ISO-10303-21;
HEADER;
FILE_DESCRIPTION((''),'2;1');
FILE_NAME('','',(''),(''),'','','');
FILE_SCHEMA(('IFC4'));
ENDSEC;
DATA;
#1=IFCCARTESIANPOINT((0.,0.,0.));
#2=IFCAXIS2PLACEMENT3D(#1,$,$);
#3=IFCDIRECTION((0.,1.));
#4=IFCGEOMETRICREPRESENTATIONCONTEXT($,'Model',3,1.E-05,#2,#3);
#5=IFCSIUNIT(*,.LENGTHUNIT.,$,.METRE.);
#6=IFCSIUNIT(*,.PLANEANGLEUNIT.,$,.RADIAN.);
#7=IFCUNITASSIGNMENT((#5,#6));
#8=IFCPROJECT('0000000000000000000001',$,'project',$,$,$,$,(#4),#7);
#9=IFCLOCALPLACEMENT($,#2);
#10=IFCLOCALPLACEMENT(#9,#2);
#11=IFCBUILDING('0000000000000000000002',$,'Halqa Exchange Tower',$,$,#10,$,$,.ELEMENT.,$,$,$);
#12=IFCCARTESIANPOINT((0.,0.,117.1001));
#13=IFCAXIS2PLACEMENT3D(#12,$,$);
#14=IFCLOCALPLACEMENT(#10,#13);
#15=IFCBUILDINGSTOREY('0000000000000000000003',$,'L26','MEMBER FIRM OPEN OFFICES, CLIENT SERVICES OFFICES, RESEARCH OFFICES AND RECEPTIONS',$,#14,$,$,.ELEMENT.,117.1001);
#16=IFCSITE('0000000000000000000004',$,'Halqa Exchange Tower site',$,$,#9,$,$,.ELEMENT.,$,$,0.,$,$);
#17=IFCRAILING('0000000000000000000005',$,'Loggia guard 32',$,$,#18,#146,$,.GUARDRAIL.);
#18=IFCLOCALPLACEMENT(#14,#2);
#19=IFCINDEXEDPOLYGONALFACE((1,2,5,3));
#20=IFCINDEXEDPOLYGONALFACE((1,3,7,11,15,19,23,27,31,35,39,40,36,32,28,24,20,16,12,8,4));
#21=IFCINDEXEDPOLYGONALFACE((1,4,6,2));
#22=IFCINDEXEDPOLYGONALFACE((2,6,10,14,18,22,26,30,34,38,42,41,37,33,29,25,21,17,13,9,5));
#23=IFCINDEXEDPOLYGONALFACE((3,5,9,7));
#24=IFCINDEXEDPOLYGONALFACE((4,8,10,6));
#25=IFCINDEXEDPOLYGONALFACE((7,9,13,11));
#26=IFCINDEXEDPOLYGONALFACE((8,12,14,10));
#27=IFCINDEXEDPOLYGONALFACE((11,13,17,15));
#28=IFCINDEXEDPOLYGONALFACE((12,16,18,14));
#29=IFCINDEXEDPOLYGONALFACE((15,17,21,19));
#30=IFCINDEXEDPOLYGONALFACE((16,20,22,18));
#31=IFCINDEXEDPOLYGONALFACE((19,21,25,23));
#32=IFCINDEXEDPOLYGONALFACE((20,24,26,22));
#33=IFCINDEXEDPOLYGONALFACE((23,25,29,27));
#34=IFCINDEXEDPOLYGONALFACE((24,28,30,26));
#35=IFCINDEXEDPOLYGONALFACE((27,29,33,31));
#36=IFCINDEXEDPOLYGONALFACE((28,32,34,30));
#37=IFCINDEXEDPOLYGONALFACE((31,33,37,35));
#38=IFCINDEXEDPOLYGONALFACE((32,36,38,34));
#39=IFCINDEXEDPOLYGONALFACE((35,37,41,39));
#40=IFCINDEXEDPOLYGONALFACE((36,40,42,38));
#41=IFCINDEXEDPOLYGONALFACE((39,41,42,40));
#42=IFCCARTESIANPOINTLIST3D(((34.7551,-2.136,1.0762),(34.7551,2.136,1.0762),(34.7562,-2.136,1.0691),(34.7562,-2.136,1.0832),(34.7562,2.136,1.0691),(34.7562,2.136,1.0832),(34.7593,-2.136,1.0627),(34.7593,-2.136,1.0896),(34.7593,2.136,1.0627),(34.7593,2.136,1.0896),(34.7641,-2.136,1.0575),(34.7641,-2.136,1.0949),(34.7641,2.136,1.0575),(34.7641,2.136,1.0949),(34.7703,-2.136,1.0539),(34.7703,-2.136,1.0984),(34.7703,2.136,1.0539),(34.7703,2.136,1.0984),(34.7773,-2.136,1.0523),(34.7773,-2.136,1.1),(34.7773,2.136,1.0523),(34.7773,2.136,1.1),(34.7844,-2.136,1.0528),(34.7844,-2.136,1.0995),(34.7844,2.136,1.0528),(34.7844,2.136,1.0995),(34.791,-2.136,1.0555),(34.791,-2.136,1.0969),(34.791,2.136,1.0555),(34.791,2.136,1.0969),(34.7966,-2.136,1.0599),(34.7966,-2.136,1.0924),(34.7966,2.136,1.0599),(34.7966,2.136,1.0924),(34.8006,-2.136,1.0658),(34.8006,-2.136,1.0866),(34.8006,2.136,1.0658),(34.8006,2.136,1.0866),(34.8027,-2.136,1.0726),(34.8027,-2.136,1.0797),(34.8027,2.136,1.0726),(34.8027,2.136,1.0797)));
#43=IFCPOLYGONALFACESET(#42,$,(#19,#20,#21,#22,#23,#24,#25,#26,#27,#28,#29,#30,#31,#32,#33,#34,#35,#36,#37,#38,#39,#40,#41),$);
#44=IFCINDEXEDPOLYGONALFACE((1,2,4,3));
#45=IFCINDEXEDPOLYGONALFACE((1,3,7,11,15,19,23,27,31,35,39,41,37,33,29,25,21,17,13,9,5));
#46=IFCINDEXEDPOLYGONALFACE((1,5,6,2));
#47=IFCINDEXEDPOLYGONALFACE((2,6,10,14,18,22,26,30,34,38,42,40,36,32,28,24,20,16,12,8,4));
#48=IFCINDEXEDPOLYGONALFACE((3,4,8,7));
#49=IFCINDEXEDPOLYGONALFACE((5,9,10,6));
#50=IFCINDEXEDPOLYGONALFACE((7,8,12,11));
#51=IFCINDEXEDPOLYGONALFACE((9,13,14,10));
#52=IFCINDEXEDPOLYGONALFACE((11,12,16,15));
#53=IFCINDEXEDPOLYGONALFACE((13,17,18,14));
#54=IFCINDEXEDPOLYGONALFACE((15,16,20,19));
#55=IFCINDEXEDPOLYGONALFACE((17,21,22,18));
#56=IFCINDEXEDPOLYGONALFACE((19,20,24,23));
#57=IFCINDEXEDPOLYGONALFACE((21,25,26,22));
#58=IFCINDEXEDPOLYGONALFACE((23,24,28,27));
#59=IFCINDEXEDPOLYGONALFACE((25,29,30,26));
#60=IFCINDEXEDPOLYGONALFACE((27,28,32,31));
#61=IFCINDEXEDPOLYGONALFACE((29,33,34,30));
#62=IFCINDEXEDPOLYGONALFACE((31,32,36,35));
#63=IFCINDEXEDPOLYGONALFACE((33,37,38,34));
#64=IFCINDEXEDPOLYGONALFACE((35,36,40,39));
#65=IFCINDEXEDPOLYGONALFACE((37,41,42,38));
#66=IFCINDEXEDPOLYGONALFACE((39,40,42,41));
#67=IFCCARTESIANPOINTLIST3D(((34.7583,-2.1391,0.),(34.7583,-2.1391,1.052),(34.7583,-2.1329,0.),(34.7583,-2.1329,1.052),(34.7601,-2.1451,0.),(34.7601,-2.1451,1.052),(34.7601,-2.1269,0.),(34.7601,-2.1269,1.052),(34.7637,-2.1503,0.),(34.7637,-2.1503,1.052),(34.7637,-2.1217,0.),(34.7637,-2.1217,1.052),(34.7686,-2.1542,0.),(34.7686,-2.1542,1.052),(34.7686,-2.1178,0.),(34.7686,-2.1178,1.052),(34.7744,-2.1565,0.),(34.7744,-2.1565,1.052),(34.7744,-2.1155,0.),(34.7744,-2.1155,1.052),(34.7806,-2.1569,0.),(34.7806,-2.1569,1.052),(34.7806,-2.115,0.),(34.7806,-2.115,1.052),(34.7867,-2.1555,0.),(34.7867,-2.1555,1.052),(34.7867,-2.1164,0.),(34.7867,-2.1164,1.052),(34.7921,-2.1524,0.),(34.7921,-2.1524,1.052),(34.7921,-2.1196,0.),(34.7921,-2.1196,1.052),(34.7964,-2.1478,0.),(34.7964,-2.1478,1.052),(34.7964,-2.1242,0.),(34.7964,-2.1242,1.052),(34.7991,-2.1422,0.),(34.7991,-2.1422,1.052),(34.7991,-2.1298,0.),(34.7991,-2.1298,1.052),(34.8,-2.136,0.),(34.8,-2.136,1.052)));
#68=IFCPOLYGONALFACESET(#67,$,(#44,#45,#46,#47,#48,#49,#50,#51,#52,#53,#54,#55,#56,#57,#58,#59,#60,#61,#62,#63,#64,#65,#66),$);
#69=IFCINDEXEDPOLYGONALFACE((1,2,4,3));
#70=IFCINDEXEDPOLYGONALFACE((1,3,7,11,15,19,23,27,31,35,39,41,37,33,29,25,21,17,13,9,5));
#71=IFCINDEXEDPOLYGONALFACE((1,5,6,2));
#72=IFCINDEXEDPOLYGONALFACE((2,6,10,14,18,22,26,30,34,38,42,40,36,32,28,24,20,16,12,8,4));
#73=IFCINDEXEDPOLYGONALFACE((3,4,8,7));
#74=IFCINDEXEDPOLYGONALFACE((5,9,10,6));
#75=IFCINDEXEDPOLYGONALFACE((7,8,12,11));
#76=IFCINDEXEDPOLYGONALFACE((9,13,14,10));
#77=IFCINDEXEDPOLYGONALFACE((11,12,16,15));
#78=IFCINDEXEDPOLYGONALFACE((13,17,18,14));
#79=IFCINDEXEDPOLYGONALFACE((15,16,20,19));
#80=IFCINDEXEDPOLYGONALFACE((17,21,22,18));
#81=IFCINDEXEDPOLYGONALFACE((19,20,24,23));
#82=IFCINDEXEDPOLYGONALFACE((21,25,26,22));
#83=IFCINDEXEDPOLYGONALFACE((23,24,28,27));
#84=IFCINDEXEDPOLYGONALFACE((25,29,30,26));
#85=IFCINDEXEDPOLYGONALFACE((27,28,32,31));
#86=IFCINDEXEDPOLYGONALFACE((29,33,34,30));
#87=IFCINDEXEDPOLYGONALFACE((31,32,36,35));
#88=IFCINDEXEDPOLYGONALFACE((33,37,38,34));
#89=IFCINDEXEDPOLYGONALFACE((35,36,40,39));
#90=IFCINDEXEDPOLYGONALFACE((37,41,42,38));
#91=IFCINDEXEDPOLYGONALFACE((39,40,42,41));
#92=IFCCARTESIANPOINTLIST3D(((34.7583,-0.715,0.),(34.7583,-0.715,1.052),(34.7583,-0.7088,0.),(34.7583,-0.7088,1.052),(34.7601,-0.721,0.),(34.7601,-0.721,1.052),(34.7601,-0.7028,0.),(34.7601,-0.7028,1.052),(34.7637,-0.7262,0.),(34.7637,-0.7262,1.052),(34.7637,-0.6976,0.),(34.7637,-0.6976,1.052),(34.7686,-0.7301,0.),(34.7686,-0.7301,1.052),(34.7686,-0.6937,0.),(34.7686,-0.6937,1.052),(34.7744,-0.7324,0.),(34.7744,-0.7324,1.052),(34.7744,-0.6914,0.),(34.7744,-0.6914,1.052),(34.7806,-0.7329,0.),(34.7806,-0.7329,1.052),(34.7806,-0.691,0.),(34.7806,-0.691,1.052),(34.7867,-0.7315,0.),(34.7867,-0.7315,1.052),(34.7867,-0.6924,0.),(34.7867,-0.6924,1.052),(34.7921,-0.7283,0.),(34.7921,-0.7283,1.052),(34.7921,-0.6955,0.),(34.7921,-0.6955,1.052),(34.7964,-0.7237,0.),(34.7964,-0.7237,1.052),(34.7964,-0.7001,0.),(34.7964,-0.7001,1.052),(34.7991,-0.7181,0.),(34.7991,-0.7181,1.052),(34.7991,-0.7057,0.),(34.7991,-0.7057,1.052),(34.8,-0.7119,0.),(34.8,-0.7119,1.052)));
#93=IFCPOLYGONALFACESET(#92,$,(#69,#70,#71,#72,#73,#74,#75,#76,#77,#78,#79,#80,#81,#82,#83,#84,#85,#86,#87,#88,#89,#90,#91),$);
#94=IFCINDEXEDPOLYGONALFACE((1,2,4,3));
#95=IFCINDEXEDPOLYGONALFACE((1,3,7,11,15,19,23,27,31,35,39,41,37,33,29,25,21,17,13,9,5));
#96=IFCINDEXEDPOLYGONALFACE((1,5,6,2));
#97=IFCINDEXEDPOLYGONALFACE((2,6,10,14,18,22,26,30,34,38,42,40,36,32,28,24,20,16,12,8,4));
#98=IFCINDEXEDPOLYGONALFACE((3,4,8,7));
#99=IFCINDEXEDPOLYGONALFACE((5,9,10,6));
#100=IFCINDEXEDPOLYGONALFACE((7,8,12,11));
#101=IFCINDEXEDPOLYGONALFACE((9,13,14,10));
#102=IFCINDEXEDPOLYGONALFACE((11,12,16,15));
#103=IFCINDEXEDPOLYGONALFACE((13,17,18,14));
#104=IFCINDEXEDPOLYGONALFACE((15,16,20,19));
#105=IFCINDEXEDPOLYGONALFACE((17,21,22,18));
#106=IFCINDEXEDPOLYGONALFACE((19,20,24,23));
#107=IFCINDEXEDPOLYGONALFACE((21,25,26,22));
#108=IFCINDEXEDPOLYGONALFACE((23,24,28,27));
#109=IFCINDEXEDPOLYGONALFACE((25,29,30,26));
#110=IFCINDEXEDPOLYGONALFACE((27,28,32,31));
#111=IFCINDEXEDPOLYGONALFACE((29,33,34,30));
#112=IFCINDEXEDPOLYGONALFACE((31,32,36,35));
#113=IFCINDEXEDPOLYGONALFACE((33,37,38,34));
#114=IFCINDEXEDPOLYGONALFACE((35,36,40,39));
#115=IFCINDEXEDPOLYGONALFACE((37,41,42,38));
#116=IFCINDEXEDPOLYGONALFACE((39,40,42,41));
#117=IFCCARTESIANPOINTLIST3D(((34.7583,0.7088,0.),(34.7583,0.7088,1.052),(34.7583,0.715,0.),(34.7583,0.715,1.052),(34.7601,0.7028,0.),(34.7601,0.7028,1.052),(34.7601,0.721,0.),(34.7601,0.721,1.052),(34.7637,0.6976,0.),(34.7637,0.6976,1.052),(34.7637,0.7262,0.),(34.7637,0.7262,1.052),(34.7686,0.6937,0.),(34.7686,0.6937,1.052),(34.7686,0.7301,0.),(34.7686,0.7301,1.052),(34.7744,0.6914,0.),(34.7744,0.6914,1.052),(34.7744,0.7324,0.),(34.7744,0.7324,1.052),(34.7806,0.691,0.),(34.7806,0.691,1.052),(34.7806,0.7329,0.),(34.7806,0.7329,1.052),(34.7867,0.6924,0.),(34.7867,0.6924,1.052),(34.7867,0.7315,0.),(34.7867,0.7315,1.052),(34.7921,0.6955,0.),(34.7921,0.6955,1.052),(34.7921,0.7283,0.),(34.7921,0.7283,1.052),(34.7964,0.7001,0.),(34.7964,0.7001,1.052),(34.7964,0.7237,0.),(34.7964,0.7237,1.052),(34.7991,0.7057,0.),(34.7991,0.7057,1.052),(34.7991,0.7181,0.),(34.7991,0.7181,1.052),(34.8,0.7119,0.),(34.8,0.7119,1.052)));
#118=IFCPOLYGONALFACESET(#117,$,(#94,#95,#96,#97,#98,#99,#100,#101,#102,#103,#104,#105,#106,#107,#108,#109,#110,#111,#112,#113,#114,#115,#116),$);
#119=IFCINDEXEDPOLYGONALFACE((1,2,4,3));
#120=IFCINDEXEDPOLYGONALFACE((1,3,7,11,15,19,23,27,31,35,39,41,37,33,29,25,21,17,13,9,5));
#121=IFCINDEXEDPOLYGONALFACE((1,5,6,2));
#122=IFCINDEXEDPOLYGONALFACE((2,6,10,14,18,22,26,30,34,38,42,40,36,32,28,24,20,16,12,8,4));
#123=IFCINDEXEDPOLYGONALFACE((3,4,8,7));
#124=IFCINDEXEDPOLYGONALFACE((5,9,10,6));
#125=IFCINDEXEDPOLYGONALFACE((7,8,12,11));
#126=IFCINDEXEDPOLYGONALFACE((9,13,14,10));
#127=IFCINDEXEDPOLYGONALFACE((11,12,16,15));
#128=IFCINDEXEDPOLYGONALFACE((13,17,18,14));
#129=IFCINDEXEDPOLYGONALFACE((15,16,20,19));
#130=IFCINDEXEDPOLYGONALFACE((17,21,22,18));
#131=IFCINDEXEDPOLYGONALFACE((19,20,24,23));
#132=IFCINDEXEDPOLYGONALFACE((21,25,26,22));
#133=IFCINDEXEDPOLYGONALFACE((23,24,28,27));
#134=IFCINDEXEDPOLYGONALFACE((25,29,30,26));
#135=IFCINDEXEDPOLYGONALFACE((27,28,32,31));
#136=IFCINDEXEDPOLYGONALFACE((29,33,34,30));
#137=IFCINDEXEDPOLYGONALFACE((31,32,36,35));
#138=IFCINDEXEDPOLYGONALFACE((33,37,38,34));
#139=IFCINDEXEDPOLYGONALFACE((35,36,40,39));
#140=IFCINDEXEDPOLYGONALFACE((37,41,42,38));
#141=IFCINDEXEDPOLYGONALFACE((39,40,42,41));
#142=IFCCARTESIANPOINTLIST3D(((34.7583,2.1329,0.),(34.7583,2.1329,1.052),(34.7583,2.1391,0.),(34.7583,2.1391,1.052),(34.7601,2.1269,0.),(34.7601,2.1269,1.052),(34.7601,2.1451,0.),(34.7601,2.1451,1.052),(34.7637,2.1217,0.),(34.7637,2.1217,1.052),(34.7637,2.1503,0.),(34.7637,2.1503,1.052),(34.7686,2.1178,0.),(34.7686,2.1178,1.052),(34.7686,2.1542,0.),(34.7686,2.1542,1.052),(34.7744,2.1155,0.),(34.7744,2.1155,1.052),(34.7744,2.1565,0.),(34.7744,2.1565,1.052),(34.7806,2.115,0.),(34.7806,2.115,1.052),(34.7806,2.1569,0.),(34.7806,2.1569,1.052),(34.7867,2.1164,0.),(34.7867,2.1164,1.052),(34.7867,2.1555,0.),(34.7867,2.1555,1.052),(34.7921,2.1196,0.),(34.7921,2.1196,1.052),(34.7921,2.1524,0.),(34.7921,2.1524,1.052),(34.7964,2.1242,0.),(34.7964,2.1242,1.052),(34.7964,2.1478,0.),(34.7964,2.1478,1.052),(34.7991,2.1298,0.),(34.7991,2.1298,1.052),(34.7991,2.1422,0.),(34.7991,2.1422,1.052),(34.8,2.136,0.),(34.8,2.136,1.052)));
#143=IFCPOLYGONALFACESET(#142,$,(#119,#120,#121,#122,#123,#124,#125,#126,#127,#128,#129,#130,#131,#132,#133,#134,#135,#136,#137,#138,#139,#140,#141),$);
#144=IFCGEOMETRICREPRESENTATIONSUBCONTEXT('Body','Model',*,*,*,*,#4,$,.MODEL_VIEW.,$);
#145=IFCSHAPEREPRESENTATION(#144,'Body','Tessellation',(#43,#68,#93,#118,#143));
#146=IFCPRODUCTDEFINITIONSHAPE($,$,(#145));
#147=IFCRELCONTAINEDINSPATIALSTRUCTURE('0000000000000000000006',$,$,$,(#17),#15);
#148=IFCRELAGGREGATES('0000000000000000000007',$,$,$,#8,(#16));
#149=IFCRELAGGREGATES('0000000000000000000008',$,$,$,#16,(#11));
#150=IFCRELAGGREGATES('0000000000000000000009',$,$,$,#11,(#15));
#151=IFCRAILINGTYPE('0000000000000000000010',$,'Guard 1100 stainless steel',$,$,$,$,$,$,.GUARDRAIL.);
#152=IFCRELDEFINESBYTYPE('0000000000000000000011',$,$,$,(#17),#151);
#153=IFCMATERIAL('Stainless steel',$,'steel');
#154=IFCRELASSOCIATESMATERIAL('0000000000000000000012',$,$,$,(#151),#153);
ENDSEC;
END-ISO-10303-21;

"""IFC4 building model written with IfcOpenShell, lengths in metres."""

from ifc_helpers import new_model, si_unit, direction, frame, origin, origin_2d, place, context, subcontext, project, spatial, circle, extrude, material, type_object, element, save


model = new_model("IFC4")

# Units and contexts
model_context = context("Model", 3, precision=1e-05, world=origin(), true_north=direction((0.0, 1.0)))
body_context = subcontext(model_context, "Body", "Model", "MODEL_VIEW")
ifc_project = project(units=[si_unit("LENGTHUNIT", "METRE"), si_unit("PLANEANGLEUNIT", "RADIAN")], contexts=[model_context])

# Site, building, storey
site_placement = place(None, origin())
site = spatial("IfcSite", under=ifc_project, at=site_placement, Name="Halqa Exchange Tower site", CompositionType="ELEMENT", RefElevation=0.0)
building_placement = place(site_placement, origin())
building = spatial("IfcBuilding", under=site, at=building_placement, Name="Halqa Exchange Tower", CompositionType="ELEMENT")
storey_placement = place(building_placement, frame((0.0, 0.0, 117.1001)))
storey = spatial("IfcBuildingStorey", under=building, at=storey_placement, Name="L26", Description="MEMBER FIRM OPEN OFFICES, CLIENT SERVICES OFFICES, RESEARCH OFFICES AND RECEPTIONS", CompositionType="ELEMENT", Elevation=117.1001)

# Railing
ifc_material_1 = material(Name="Stainless steel", Category="steel")
railing_type = type_object("IfcRailingType", Name="Guard 1100 stainless steel", PredefinedType="GUARDRAIL", material=ifc_material_1)
railing_1_placement = place(storey_placement, frame((34.7791, -2.136, 0.0)))
element("IfcRailing", 1, at=railing_1_placement, inside=storey, type_object=railing_type, Name="Loggia guard 32", PredefinedType="GUARDRAIL", context=body_context, shape_type="SweptSolid", body=[
    extrude(circle(Radius=0.0239, at=origin_2d()), frame((0.0, 0.0, 1.0762), z_axis=(0.0, 1.0, 0.0), x_axis=(-1.0, 0.0, 0.0)), (0.0, 0.0, 1.0), 4.272),
    extrude(circle(Radius=0.021, at=origin_2d()), origin(), (0.0, 0.0, 1.0), 1.052),
    extrude(circle(Radius=0.021, at=origin_2d()), frame((0.0, 1.4241, 0.0)), (0.0, 0.0, 1.0), 1.052),
    extrude(circle(Radius=0.021, at=origin_2d()), frame((0.0, 2.8479, 0.0)), (0.0, 0.0, 1.0), 1.052),
    extrude(circle(Radius=0.021, at=origin_2d()), frame((0.0, 4.272, 0.0)), (0.0, 0.0, 1.0), 1.052),
])

save(model, "model.ifc")
